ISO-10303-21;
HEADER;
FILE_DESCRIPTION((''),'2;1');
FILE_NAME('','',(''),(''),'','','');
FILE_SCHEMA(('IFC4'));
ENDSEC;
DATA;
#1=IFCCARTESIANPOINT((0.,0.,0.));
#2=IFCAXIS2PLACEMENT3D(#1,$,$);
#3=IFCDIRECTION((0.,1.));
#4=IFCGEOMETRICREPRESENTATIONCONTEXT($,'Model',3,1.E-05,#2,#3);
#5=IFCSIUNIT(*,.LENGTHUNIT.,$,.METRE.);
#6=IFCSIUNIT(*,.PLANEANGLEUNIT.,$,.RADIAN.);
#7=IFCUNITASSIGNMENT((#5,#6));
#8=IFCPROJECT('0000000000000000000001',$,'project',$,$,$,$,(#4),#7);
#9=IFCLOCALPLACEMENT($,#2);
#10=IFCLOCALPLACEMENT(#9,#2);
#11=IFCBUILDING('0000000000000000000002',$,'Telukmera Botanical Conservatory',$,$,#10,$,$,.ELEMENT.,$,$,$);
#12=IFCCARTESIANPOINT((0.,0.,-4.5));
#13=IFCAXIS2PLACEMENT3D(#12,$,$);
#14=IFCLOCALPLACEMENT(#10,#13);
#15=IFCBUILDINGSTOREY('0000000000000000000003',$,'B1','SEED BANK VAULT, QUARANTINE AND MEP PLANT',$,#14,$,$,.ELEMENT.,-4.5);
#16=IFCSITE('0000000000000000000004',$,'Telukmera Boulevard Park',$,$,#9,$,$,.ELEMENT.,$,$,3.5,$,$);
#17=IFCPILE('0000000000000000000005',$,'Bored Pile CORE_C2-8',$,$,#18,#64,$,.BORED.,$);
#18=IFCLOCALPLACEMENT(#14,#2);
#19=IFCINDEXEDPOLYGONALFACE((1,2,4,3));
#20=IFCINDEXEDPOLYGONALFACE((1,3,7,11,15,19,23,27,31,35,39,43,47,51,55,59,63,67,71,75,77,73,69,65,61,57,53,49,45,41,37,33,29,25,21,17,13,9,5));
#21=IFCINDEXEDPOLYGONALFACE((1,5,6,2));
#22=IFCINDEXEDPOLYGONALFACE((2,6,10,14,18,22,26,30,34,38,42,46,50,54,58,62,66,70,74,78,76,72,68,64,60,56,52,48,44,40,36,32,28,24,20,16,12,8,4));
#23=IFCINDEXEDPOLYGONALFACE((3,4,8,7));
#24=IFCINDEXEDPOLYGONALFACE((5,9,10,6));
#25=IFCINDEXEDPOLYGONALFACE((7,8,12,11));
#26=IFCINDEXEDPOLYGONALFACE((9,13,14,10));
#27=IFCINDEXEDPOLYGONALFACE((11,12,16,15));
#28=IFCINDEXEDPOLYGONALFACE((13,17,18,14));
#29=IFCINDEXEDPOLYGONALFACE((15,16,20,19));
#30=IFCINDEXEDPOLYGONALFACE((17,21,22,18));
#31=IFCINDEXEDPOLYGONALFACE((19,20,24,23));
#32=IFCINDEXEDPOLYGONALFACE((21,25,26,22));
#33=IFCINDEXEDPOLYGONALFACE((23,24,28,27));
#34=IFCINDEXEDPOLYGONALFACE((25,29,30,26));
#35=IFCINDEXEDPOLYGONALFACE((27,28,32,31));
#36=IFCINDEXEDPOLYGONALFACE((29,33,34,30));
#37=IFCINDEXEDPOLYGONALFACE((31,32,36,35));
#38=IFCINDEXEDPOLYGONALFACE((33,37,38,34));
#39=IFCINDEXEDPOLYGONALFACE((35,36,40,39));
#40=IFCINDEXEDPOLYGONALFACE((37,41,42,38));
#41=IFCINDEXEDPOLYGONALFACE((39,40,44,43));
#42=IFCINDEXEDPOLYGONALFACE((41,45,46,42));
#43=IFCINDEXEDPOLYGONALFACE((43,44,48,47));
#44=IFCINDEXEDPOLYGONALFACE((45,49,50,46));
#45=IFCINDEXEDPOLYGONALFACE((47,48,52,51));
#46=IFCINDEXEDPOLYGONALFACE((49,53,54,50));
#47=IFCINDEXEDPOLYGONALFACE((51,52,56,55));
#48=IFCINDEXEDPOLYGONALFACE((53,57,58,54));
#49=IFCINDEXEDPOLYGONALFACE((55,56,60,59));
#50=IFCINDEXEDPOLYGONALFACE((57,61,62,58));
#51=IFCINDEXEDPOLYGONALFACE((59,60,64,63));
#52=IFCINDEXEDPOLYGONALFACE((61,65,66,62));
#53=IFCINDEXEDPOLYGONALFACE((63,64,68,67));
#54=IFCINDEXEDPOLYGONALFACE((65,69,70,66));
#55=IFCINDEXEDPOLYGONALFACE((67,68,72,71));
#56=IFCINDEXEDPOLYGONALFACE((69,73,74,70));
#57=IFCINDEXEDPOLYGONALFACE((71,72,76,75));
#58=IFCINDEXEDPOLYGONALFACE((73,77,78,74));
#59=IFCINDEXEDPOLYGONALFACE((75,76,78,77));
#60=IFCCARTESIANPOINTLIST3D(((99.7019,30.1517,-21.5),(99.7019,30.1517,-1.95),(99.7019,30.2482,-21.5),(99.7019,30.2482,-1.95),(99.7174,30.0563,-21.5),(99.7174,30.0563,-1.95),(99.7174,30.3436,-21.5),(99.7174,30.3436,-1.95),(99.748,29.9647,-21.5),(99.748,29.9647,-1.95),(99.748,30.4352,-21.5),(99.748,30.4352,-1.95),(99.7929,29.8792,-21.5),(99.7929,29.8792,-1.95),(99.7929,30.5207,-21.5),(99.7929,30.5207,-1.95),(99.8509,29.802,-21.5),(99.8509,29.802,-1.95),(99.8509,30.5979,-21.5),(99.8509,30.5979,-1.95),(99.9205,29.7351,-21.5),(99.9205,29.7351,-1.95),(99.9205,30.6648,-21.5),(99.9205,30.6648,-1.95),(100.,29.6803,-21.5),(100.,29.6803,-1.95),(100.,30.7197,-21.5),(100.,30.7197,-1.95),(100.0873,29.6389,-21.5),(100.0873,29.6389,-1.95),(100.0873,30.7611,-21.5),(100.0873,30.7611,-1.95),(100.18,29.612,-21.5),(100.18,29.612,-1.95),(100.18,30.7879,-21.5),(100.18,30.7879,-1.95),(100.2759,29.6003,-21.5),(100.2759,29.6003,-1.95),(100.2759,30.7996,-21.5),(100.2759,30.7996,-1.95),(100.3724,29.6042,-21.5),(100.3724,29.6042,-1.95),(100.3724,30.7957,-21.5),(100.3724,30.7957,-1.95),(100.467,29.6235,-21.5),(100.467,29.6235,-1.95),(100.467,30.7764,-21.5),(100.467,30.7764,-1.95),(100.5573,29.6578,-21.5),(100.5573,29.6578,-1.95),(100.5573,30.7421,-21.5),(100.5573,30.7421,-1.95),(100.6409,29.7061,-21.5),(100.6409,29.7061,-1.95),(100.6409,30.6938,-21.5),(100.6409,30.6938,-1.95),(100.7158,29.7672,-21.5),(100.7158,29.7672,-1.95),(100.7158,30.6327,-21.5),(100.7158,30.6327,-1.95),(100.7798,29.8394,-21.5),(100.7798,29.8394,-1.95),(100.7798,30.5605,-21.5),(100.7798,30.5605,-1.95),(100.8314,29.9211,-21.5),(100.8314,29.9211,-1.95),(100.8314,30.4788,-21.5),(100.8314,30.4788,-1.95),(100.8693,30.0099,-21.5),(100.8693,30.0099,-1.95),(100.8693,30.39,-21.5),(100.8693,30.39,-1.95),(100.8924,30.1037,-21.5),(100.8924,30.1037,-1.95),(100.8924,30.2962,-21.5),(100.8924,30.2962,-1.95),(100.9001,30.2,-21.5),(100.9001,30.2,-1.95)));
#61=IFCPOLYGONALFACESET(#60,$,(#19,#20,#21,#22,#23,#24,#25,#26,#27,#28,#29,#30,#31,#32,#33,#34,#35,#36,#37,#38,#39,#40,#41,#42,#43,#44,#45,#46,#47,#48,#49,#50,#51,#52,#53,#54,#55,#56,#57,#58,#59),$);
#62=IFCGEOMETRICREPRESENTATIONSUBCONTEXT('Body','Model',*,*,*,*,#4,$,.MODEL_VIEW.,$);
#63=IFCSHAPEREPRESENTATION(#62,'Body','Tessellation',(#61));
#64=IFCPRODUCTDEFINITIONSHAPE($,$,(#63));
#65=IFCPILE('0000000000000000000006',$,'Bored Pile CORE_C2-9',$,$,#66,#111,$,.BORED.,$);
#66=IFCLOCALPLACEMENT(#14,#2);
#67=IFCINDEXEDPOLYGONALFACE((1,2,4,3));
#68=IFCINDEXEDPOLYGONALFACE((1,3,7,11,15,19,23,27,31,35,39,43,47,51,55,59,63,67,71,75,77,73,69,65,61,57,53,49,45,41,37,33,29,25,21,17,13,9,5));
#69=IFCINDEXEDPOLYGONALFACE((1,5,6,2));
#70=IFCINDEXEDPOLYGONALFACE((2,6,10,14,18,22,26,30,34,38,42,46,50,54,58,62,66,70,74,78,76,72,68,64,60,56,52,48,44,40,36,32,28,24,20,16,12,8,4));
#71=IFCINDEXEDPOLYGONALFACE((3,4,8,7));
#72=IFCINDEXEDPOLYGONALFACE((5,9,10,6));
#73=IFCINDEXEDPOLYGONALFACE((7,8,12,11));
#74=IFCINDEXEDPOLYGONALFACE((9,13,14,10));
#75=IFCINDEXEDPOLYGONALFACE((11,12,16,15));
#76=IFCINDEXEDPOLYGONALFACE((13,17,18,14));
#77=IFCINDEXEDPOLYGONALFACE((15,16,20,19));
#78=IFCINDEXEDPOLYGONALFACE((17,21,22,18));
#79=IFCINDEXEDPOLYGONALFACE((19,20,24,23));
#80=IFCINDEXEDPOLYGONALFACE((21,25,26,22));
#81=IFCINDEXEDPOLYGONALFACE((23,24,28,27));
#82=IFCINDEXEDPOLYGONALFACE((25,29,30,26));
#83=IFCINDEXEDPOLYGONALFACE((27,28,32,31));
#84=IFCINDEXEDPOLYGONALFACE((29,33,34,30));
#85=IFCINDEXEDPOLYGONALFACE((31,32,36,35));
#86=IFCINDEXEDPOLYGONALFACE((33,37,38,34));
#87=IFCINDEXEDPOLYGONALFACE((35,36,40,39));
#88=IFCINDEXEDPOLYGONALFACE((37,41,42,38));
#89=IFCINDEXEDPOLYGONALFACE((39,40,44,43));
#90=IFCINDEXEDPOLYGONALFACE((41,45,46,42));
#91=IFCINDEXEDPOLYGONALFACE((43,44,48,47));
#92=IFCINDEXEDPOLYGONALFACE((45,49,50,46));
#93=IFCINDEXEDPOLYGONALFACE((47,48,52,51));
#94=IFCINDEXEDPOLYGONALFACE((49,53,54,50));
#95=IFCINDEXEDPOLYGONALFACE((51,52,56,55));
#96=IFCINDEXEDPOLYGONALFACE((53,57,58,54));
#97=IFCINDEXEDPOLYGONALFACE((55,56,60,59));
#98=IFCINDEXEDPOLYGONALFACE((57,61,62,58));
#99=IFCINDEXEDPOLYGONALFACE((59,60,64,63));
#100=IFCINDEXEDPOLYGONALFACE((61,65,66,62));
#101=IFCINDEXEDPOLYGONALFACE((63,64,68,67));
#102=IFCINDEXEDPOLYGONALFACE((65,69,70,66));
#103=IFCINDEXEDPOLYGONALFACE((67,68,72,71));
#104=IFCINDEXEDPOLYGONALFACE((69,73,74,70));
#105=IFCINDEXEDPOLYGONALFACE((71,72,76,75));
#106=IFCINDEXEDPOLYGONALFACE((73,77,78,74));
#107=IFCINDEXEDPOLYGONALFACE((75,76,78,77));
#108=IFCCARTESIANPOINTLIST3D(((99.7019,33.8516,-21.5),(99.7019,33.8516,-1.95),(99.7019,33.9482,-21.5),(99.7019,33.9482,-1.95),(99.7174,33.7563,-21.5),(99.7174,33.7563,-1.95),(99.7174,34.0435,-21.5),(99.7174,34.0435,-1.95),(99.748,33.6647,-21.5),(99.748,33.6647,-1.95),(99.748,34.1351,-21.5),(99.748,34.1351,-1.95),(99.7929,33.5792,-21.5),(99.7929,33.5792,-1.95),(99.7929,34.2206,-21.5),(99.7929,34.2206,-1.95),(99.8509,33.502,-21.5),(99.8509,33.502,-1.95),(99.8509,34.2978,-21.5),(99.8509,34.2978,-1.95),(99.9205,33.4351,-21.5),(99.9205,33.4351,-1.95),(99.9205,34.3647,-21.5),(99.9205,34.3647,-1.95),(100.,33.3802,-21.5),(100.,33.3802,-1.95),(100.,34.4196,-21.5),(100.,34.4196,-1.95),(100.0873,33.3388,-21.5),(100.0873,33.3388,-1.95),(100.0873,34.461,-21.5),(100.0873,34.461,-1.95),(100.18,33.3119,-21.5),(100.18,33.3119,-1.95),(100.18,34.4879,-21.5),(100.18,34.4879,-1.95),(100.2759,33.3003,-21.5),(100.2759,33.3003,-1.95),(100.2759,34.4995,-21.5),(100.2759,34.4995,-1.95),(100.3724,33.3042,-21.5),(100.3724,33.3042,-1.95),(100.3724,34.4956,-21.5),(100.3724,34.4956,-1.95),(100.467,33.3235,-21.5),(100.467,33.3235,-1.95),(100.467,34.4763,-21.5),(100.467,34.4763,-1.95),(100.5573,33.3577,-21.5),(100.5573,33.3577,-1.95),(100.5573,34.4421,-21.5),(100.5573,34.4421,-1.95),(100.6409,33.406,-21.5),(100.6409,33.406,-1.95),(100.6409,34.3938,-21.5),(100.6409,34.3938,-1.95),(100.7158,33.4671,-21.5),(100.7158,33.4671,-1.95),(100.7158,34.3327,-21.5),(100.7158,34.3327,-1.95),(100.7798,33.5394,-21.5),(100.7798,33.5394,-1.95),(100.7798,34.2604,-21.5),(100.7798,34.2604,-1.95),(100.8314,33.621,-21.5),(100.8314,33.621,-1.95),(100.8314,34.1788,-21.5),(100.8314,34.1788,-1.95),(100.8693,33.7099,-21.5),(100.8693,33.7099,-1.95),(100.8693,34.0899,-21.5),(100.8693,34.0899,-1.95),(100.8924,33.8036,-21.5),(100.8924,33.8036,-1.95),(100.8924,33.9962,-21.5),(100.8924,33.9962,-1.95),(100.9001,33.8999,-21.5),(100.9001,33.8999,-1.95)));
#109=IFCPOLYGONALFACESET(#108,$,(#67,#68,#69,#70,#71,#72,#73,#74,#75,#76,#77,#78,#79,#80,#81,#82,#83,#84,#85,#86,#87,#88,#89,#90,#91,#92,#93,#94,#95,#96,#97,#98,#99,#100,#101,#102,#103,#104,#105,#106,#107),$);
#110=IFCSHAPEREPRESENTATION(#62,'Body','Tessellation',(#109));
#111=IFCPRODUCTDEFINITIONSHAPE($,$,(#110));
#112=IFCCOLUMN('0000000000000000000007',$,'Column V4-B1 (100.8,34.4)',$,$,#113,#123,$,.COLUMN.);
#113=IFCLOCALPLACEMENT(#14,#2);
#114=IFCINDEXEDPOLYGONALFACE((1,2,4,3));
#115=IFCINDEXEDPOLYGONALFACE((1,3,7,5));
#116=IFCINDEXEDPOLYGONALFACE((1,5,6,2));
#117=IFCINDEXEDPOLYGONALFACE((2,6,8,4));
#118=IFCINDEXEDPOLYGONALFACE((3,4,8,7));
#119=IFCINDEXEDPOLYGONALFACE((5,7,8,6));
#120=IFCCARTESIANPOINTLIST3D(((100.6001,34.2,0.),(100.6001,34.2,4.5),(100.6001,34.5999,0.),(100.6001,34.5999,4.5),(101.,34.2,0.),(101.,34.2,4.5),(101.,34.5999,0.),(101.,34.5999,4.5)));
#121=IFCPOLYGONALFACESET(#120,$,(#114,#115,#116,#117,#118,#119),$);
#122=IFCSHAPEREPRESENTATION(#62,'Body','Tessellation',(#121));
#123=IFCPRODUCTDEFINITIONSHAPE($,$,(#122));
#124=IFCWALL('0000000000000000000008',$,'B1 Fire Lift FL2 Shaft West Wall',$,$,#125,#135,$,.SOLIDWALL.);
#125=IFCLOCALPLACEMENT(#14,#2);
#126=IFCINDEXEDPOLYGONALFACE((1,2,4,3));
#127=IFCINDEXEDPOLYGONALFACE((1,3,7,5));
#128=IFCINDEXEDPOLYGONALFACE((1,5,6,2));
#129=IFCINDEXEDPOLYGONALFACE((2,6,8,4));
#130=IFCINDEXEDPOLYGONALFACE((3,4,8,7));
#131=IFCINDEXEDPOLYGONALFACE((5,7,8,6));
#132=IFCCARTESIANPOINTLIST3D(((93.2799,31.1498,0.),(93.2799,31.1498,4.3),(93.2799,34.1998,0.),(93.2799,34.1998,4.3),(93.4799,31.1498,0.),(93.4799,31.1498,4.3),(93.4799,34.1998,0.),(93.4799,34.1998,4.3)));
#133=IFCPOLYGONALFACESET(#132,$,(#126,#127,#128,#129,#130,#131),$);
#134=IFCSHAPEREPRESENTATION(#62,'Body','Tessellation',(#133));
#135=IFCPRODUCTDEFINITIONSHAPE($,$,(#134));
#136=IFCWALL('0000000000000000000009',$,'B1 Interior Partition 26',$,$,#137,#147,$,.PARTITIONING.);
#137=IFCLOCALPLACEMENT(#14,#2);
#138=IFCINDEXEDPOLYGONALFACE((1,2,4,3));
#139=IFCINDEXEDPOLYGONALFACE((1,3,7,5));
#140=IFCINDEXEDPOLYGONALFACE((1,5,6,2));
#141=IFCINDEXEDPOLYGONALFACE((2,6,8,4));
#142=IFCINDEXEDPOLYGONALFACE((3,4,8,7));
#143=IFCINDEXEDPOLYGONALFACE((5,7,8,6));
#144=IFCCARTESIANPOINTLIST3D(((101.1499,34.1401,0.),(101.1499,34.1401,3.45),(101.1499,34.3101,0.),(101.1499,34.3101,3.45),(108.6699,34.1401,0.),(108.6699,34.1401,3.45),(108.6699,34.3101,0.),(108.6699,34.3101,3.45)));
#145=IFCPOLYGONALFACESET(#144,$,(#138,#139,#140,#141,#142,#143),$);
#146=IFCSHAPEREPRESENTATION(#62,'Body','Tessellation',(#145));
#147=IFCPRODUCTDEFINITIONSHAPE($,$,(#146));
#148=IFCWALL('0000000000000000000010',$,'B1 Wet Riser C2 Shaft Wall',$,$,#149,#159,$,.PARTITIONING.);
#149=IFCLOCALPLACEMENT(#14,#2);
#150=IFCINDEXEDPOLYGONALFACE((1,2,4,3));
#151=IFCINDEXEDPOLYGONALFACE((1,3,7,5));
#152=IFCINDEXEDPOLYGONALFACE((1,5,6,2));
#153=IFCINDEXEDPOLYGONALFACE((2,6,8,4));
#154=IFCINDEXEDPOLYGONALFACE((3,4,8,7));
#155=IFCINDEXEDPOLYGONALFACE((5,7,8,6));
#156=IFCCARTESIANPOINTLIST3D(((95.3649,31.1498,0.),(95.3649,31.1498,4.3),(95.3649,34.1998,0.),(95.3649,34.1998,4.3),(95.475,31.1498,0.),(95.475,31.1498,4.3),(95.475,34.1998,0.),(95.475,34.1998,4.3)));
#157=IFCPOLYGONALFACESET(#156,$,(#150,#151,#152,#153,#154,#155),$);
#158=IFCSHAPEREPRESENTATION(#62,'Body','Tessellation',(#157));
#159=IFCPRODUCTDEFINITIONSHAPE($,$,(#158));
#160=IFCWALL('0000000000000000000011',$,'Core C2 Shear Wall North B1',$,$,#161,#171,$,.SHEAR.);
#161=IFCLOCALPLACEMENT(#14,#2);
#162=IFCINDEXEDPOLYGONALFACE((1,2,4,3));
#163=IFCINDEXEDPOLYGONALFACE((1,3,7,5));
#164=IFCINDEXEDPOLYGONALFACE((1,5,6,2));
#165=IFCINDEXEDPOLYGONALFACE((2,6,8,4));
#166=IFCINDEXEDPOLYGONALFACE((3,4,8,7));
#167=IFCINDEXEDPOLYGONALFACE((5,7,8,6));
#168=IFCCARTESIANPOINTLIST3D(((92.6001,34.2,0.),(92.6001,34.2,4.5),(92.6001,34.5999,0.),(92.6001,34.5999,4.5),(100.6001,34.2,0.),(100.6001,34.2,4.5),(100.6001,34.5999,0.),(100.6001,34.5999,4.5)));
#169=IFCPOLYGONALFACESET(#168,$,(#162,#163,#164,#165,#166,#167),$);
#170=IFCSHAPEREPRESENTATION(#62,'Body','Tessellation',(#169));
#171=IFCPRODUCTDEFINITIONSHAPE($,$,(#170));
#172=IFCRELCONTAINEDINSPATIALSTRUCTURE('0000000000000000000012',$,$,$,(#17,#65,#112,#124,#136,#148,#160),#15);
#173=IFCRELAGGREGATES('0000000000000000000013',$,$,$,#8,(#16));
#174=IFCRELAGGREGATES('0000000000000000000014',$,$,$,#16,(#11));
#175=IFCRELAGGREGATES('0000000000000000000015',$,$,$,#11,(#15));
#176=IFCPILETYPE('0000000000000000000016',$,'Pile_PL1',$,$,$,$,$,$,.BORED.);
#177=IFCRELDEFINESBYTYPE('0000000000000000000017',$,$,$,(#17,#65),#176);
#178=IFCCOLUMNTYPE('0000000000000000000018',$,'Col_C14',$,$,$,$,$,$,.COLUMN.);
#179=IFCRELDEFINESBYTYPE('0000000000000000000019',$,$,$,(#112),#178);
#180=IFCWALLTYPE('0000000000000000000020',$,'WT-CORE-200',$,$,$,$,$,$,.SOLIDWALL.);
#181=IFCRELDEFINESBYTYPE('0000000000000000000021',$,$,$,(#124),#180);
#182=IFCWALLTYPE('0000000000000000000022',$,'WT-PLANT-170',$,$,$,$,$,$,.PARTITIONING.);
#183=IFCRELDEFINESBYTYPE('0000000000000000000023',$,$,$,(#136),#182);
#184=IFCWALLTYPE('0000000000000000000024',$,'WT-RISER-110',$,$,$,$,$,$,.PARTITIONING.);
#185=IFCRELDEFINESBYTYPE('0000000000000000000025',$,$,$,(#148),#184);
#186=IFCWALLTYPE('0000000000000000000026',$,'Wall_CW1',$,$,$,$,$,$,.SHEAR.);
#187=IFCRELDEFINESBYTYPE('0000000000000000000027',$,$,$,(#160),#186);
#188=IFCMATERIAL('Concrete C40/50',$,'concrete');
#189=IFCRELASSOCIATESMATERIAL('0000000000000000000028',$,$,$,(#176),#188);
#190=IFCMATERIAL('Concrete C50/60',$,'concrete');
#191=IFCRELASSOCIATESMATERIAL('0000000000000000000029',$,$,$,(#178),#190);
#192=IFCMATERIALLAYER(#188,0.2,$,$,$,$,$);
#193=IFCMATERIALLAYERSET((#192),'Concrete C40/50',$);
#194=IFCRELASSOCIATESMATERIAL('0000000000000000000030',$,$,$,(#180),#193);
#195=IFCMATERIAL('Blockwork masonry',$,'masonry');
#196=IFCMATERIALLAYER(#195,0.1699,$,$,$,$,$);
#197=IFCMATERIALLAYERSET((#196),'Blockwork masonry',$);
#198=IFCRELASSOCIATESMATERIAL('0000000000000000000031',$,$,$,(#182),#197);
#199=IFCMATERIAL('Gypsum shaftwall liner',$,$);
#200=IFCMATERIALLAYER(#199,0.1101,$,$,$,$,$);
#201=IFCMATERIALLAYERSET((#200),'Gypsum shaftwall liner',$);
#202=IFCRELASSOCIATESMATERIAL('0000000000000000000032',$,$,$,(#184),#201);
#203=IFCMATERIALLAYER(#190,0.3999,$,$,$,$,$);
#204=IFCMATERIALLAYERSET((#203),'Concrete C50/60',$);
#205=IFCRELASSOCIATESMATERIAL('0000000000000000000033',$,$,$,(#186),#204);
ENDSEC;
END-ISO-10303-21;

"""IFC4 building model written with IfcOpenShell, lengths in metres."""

from ifc_helpers import new_model, si_unit, direction, frame, frame_2d, origin, origin_2d, place, context, subcontext, project, spatial, rectangle, circle, extrude, material, layer, layer_set, material_profile, profile_set, type_object, element, save


model = new_model("IFC4")

# Units and contexts
model_context = context("Model", 3, precision=1e-05, world=origin(), true_north=direction((0.0, 1.0)))
body_context = subcontext(model_context, "Body", "Model", "MODEL_VIEW")
ifc_project = project(units=[si_unit("LENGTHUNIT", "METRE"), si_unit("PLANEANGLEUNIT", "RADIAN")], contexts=[model_context])

# Site, building, storey
site_placement = place(None, origin())
site = spatial("IfcSite", under=ifc_project, at=site_placement, Name="Telukmera Boulevard Park", CompositionType="ELEMENT", RefElevation=3.5)
building_placement = place(site_placement, origin())
building = spatial("IfcBuilding", under=site, at=building_placement, Name="Telukmera Botanical Conservatory", CompositionType="ELEMENT")
storey_placement = place(building_placement, frame((0.0, 0.0, -4.5)))
storey = spatial("IfcBuildingStorey", under=building, at=storey_placement, Name="B1", Description="SEED BANK VAULT, QUARANTINE AND MEP PLANT", CompositionType="ELEMENT", Elevation=-4.5)

# Shared definitions
ifc_material_1 = material(Name="Concrete C50/60", Category="concrete")
ifc_material_2 = material(Name="Concrete C40/50", Category="concrete")

# Piles
ifc_material_profile_1 = material_profile(ifc_material_2, circle(Radius=0.6001, at=origin_2d()), Name="PILE D1200")
ifc_profile_set_1 = profile_set([ifc_material_profile_1], Name="Concrete C40/50")
pile_type = type_object("IfcPileType", Name="Pile_PL1", PredefinedType="BORED", material=ifc_profile_set_1)
for number, where, z_axis, x_axis, name in (
    (1, (100.3, 30.2, -1.95), (0.0, 0.0, -1.0), (1.0, 0.0, 0.0), "Bored Pile CORE_C2-8"),
    (2, (100.3, 33.8999, -1.95), (0.0, 0.0, -1.0), (1.0, 0.0, 0.0), "Bored Pile CORE_C2-9"),
):
    element("IfcPile", number, at=place(storey_placement, frame(where, z_axis=z_axis, x_axis=x_axis)), inside=storey, type_object=pile_type, Name=name, PredefinedType="BORED", context=body_context, shape_type="SweptSolid", body=[
        extrude(circle(Radius=0.6001, at=origin_2d()), origin(), (0.0, 0.0, 1.0), 19.55),
    ])

# Column
ifc_material_profile_2 = material_profile(ifc_material_1, rectangle(XDim=0.3999, YDim=0.3999, at=origin_2d()), Name="RC 400x400")
ifc_profile_set_2 = profile_set([ifc_material_profile_2], Name="Concrete C50/60")
column_type = type_object("IfcColumnType", Name="Col_C14", PredefinedType="COLUMN", material=ifc_profile_set_2)
column_placement = place(storey_placement, frame((100.8, 34.3999, 0.0), z_axis=(0.0, 0.0, 1.0), x_axis=(1.0, 0.0, 0.0)))
element("IfcColumn", 3, at=column_placement, inside=storey, type_object=column_type, Name="Column V4-B1 (100.8,34.4)", PredefinedType="COLUMN", context=body_context, shape_type="SweptSolid", body=[
    extrude(rectangle(XDim=0.3999, YDim=0.3999, at=origin_2d()), origin(), (0.0, 0.0, 1.0), 4.5),
])

# Shared definitions
ifc_layer_1 = layer(ifc_material_2, 0.2)
ifc_layer_set_1 = layer_set([ifc_layer_1], Name="Concrete C40/50")
wall_type_1 = type_object("IfcWallType", Name="WT-CORE-200", PredefinedType="SOLIDWALL", material=ifc_layer_set_1)

# Walls
wall_1_placement = place(storey_placement, frame((93.3799, 31.1499, 0.0), z_axis=(0.0, 0.0, 1.0), x_axis=(0.0, 1.0, 0.0)))
element("IfcWall", 4, at=wall_1_placement, inside=storey, type_object=wall_type_1, Name="B1 Fire Lift FL2 Shaft West Wall", PredefinedType="SOLIDWALL", context=body_context, shape_type="SweptSolid", body=[
    extrude(rectangle(XDim=3.05, YDim=0.2, at=frame_2d((1.5249, 0.0))), origin(), (0.0, 0.0, 1.0), 4.3),
])
ifc_material_3 = material(Name="Blockwork masonry", Category="masonry")
ifc_layer_2 = layer(ifc_material_3, 0.1699)
ifc_layer_set_2 = layer_set([ifc_layer_2], Name="Blockwork masonry")
wall_type_2 = type_object("IfcWallType", Name="WT-PLANT-170", PredefinedType="PARTITIONING", material=ifc_layer_set_2)
wall_2_placement = place(storey_placement, frame((101.1499, 34.2251, 0.0), z_axis=(0.0, 0.0, 1.0), x_axis=(1.0, 0.0, 0.0)))
element("IfcWall", 5, at=wall_2_placement, inside=storey, type_object=wall_type_2, Name="B1 Interior Partition 26", PredefinedType="PARTITIONING", context=body_context, shape_type="SweptSolid", body=[
    extrude(rectangle(XDim=7.52, YDim=0.1699, at=frame_2d((3.76, 0.0))), origin(), (0.0, 0.0, 1.0), 3.45),
])
ifc_material_4 = material(Name="Gypsum shaftwall liner")
ifc_layer_3 = layer(ifc_material_4, 0.1101)
ifc_layer_set_3 = layer_set([ifc_layer_3], Name="Gypsum shaftwall liner")
wall_type_3 = type_object("IfcWallType", Name="WT-RISER-110", PredefinedType="PARTITIONING", material=ifc_layer_set_3)
wall_3_placement = place(storey_placement, frame((95.4199, 31.1499, 0.0), z_axis=(0.0, 0.0, 1.0), x_axis=(0.0, 1.0, 0.0)))
element("IfcWall", 6, at=wall_3_placement, inside=storey, type_object=wall_type_3, Name="B1 Wet Riser C2 Shaft Wall", PredefinedType="PARTITIONING", context=body_context, shape_type="SweptSolid", body=[
    extrude(rectangle(XDim=3.05, YDim=0.1101, at=frame_2d((1.5249, 0.0))), origin(), (0.0, 0.0, 1.0), 4.3),
])
ifc_layer_4 = layer(ifc_material_1, 0.3999)
ifc_layer_set_4 = layer_set([ifc_layer_4], Name="Concrete C50/60")
wall_type_4 = type_object("IfcWallType", Name="Wall_CW1", PredefinedType="SHEAR", material=ifc_layer_set_4)
wall_4_placement = place(storey_placement, frame((92.6001, 34.3999, 0.0), z_axis=(0.0, 0.0, 1.0), x_axis=(1.0, 0.0, 0.0)))
element("IfcWall", 7, at=wall_4_placement, inside=storey, type_object=wall_type_4, Name="Core C2 Shear Wall North B1", PredefinedType="SHEAR", context=body_context, shape_type="SweptSolid", body=[
    extrude(rectangle(XDim=8.0, YDim=0.3999, at=frame_2d((4.0, 0.0))), origin(), (0.0, 0.0, 1.0), 4.5),
])

save(model, "model.ifc")
